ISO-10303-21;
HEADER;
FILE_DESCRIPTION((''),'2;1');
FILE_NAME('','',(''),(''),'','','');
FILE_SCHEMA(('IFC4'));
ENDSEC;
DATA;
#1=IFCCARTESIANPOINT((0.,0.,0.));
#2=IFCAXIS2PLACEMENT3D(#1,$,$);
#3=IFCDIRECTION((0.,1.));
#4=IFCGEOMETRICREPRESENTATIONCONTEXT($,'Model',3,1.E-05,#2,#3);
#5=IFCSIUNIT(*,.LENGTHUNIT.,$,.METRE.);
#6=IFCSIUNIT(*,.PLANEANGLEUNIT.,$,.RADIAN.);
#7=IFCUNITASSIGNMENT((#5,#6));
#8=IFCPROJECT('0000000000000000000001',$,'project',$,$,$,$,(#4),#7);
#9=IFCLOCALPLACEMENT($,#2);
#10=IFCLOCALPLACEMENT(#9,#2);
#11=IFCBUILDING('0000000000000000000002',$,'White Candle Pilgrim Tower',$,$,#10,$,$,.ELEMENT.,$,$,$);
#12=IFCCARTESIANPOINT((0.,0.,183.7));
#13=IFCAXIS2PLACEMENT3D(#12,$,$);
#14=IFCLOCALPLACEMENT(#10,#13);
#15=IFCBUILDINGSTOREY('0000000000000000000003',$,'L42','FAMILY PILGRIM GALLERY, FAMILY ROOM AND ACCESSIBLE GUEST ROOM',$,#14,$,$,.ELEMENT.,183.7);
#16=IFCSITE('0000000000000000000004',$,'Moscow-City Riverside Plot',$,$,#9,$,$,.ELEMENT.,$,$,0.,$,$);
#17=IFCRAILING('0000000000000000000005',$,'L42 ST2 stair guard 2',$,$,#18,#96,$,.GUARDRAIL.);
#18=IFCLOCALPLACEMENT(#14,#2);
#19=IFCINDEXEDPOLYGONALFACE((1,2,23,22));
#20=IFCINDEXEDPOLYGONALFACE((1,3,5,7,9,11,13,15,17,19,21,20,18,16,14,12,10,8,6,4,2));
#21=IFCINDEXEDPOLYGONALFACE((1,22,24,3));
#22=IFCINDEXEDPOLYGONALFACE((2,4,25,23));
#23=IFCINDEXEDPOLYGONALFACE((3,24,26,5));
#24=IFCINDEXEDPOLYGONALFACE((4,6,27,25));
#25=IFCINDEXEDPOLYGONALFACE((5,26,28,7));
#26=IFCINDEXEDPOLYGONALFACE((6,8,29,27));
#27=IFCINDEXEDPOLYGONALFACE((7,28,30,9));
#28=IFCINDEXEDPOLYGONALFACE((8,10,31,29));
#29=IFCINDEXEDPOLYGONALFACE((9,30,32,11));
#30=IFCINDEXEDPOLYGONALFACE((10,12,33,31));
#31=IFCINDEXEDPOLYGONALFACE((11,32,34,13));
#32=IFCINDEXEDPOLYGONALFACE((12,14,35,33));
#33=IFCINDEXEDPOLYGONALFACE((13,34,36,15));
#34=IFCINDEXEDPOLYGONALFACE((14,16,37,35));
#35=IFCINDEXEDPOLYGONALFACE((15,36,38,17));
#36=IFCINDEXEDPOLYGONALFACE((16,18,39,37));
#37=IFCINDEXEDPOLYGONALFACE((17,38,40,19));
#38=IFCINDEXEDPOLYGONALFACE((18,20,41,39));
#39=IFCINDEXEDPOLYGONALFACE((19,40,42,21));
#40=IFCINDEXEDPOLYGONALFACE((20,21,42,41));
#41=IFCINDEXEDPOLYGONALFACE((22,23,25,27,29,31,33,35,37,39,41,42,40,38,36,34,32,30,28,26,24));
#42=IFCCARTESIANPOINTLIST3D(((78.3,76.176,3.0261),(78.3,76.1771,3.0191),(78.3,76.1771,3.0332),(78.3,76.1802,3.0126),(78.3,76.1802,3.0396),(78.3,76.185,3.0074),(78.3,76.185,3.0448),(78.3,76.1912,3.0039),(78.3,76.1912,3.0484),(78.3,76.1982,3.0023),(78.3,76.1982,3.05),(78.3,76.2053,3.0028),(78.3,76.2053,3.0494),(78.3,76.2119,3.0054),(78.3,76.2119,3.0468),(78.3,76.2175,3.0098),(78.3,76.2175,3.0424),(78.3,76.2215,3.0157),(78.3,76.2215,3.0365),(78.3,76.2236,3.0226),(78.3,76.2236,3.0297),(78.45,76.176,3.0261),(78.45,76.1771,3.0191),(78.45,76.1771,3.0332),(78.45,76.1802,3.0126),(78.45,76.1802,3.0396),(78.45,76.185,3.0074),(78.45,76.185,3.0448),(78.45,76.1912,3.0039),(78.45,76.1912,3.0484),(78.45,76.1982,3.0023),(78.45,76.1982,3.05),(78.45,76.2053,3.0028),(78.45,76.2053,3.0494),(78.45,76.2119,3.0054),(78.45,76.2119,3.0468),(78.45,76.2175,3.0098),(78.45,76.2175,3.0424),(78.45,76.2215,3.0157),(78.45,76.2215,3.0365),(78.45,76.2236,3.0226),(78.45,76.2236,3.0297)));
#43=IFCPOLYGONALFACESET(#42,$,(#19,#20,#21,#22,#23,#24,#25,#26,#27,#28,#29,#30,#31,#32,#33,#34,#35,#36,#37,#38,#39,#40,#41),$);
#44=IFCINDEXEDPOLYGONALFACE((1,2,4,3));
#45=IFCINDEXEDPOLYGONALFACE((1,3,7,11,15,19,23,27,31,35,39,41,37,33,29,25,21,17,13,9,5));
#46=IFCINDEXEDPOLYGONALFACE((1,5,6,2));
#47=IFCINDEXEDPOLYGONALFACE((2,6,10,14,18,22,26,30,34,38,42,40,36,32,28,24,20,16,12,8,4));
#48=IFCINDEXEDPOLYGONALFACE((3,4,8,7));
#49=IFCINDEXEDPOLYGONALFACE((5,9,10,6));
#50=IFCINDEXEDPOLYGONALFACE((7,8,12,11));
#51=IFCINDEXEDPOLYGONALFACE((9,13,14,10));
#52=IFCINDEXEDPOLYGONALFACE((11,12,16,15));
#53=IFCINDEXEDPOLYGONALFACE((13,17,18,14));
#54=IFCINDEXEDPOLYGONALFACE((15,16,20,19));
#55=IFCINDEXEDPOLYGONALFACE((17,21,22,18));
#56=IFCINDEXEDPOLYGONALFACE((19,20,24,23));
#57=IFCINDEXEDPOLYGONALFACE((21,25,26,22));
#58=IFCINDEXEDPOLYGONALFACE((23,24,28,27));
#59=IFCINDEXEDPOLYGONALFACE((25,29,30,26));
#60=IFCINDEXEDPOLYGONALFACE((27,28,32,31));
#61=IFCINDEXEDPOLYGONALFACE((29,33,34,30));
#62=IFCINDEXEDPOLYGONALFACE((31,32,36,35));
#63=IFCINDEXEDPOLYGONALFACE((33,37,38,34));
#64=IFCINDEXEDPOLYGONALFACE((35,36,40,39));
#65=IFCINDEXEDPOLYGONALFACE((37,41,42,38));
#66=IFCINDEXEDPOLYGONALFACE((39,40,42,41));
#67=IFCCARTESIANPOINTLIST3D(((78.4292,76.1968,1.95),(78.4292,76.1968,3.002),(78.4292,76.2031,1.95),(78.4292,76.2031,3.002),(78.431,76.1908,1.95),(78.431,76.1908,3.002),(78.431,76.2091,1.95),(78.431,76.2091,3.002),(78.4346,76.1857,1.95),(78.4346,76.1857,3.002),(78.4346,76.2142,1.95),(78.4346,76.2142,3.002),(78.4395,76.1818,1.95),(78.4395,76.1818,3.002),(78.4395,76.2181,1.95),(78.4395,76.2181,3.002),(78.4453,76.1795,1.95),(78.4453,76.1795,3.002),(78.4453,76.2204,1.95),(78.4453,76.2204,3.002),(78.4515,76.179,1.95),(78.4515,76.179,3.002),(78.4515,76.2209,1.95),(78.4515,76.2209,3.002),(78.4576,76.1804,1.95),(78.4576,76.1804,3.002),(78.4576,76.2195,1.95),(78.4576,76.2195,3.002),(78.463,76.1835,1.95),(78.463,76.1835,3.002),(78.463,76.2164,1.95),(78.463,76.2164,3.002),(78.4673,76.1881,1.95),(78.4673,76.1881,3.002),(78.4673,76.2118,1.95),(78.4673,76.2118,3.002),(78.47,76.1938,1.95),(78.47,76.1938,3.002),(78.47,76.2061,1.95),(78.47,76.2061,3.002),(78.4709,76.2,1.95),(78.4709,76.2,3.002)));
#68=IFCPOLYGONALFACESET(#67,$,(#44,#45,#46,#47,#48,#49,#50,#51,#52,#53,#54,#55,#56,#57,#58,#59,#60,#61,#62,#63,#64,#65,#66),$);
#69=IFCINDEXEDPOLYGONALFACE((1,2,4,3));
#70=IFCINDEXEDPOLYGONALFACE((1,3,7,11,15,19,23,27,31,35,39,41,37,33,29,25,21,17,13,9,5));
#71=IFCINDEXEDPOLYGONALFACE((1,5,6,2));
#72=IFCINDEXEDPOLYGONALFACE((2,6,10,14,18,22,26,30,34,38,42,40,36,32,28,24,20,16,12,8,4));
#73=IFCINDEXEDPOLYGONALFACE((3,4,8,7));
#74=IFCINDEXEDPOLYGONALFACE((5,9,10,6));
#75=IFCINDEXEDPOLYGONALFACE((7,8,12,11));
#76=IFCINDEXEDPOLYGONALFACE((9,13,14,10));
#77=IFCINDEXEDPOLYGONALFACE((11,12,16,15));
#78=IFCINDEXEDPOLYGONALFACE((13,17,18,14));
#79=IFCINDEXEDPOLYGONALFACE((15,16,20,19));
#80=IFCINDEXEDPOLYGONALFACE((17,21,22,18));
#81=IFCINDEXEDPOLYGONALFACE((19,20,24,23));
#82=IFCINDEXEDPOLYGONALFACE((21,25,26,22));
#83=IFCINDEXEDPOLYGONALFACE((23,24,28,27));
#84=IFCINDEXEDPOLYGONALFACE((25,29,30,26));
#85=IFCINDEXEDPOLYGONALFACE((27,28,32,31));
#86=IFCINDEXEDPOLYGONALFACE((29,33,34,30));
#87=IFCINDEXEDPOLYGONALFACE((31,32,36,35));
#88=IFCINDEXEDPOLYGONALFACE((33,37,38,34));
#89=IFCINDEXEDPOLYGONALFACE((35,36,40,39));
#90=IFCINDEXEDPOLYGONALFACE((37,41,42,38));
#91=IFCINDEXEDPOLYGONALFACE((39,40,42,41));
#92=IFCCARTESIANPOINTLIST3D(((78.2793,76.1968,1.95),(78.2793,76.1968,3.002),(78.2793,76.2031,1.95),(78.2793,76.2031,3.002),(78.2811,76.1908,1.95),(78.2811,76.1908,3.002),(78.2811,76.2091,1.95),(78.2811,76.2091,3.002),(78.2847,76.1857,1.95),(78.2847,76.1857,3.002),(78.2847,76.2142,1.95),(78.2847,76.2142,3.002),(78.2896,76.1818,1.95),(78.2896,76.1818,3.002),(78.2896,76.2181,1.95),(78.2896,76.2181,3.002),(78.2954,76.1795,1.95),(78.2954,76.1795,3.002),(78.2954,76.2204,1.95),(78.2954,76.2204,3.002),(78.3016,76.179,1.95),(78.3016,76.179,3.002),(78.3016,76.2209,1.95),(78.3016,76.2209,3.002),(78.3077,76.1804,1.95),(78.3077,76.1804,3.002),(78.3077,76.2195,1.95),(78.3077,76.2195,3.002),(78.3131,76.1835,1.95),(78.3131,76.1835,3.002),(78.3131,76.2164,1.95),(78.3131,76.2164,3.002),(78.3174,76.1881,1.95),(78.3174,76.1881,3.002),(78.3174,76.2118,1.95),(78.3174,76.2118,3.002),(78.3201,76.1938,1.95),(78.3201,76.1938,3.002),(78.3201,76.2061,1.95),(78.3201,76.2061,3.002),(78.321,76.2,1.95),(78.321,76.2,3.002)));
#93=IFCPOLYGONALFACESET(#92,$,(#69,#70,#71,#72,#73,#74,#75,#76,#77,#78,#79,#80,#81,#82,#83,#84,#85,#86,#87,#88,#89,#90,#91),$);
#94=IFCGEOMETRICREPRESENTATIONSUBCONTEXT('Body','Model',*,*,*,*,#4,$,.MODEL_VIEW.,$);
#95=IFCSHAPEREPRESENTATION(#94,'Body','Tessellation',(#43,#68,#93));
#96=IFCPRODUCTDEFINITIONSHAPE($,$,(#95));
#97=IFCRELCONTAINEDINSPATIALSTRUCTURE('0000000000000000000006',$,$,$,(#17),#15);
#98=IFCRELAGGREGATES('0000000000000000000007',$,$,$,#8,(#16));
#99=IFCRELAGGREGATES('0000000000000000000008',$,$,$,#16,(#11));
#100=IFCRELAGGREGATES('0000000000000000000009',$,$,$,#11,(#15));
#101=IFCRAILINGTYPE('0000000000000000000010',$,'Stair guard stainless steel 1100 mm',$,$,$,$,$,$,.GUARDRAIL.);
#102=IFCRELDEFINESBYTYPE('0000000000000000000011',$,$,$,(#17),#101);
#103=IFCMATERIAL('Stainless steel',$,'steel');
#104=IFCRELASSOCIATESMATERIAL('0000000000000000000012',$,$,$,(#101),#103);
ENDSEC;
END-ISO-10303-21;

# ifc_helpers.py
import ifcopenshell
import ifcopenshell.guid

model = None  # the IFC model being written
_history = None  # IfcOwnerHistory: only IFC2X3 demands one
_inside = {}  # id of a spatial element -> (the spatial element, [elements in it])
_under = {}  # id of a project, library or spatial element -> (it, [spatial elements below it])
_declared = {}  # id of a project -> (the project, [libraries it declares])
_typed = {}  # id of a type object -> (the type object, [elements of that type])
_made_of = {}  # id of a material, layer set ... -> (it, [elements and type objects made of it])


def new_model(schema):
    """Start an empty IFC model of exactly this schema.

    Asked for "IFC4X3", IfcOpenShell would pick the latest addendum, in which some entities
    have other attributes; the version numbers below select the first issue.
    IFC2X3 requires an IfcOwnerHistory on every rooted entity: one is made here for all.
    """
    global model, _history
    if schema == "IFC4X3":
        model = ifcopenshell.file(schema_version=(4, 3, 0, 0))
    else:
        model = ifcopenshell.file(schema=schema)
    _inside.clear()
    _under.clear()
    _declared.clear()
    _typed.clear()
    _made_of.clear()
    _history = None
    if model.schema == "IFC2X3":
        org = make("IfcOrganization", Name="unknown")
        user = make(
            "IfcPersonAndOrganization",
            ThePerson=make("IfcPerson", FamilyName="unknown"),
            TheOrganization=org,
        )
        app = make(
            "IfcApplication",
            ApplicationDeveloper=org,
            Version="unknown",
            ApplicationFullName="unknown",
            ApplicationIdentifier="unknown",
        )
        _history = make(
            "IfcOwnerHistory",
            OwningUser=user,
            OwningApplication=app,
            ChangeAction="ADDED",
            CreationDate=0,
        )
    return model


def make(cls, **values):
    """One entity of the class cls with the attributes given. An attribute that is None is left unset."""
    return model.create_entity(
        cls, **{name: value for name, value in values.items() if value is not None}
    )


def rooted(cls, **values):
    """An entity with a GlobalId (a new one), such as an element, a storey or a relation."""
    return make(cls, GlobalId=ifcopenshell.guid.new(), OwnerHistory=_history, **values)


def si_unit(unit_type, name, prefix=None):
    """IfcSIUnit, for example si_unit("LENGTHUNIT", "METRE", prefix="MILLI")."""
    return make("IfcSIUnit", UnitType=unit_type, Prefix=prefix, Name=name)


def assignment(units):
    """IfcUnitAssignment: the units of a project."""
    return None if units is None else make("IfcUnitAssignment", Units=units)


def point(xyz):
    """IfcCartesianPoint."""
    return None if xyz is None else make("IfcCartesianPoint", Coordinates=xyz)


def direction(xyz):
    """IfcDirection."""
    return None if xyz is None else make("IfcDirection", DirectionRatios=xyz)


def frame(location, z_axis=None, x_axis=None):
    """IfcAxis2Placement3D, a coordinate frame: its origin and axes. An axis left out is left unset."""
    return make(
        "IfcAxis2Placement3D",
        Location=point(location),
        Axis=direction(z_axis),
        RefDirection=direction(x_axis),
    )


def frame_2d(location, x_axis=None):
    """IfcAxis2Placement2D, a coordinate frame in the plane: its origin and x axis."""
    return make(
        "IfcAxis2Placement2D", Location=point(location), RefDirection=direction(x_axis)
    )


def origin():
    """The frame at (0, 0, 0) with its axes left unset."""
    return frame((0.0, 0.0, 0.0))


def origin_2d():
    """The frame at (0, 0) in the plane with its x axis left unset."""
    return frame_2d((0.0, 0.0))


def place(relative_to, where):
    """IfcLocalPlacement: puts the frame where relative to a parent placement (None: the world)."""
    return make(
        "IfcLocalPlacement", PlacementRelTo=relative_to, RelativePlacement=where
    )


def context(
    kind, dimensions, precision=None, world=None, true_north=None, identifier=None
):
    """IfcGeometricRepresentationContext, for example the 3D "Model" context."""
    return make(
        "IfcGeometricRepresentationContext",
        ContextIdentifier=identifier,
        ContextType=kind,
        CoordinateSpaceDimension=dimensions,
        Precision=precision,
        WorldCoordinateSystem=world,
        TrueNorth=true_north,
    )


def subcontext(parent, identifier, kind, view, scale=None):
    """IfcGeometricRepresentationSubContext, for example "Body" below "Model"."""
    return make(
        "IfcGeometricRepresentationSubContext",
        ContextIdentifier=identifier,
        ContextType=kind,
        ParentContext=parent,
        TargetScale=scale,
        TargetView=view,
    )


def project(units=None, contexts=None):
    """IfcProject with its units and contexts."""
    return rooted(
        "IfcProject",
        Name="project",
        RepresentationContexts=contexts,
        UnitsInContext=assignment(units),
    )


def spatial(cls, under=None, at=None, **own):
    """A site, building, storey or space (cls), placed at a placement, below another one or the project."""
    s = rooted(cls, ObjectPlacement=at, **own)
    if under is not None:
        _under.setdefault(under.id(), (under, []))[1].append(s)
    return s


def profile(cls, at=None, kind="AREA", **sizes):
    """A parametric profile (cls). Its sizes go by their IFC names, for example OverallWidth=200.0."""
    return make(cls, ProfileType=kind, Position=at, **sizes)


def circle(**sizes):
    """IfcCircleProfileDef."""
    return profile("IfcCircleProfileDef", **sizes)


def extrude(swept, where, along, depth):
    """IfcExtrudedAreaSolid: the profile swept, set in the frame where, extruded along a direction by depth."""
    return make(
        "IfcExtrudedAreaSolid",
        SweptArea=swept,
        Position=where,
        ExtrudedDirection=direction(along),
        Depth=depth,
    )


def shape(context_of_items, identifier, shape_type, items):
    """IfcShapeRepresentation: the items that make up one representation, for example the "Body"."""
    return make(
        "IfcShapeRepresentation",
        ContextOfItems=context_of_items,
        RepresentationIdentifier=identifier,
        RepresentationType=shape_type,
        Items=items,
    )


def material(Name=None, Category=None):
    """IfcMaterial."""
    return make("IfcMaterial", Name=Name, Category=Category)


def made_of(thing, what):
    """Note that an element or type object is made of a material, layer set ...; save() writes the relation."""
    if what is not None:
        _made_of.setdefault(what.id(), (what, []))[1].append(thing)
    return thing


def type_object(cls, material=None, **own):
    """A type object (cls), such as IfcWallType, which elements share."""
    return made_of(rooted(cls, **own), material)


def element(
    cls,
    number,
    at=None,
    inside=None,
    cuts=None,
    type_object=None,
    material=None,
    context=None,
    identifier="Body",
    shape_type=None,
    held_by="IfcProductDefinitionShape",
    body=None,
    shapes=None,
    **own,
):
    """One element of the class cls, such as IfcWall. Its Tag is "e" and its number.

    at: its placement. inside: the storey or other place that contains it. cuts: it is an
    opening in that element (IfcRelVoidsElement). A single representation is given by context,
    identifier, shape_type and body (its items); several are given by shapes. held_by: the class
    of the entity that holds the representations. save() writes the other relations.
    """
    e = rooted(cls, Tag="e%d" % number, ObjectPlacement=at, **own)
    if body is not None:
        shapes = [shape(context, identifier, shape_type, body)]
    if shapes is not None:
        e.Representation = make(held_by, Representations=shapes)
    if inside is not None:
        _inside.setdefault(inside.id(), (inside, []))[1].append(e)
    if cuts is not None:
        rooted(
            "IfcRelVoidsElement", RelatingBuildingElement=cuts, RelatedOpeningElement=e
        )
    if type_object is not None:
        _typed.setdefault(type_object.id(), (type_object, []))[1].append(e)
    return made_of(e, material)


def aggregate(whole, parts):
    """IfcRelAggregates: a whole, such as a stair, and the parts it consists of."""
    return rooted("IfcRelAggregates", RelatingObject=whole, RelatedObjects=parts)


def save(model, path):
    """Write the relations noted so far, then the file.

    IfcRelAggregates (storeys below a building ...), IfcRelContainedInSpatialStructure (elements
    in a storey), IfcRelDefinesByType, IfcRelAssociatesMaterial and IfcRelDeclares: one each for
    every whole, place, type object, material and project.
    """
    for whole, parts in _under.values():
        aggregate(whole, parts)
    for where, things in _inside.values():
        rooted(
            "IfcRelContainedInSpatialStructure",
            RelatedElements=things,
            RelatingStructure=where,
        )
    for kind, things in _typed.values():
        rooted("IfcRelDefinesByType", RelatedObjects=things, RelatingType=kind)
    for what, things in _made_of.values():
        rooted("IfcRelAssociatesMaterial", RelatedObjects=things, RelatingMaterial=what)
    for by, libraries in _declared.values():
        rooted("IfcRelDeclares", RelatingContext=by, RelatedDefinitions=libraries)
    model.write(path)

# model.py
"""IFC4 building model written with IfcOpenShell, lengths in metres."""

from ifc_helpers import new_model, si_unit, direction, frame, origin, origin_2d, place, context, subcontext, project, spatial, circle, extrude, material, type_object, element, save


model = new_model("IFC4")

# Units and contexts
model_context = context("Model", 3, precision=1e-05, world=origin(), true_north=direction((0.0, 1.0)))
body_context = subcontext(model_context, "Body", "Model", "MODEL_VIEW")
ifc_project = project(units=[si_unit("LENGTHUNIT", "METRE"), si_unit("PLANEANGLEUNIT", "RADIAN")], contexts=[model_context])

# Site, building, storey
site_placement = place(None, origin())
site = spatial("IfcSite", under=ifc_project, at=site_placement, Name="Moscow-City Riverside Plot", CompositionType="ELEMENT", RefElevation=0.0)
building_placement = place(site_placement, origin())
building = spatial("IfcBuilding", under=site, at=building_placement, Name="White Candle Pilgrim Tower", CompositionType="ELEMENT")
storey_placement = place(building_placement, frame((0.0, 0.0, 183.7)))
storey = spatial("IfcBuildingStorey", under=building, at=storey_placement, Name="L42", Description="FAMILY PILGRIM GALLERY, FAMILY ROOM AND ACCESSIBLE GUEST ROOM", CompositionType="ELEMENT", Elevation=183.7)

# Railing
ifc_material_1 = material(Name="Stainless steel", Category="steel")
railing_type_1 = type_object("IfcRailingType", Name="Stair guard stainless steel 1100 mm", PredefinedType="GUARDRAIL", material=ifc_material_1)
railing_1_placement = place(storey_placement, frame((78.45, 76.2, 1.95)))
element("IfcRailing", 1, at=railing_1_placement, inside=storey, type_object=railing_type_1, Name="L42 ST2 stair guard 2", PredefinedType="GUARDRAIL", context=body_context, shape_type="SweptSolid", body=[
    extrude(circle(Radius=0.0239, at=origin_2d()), frame((0.0, 0.0, 1.0762), z_axis=(-1.0, 0.0, 0.0), x_axis=(0.0, -1.0, 0.0)), (0.0, 0.0, 1.0), 0.1499),
    extrude(circle(Radius=0.021, at=origin_2d()), origin(), (0.0, 0.0, 1.0), 1.052),
    extrude(circle(Radius=0.021, at=origin_2d()), frame((-0.1499, 0.0, 0.0)), (0.0, 0.0, 1.0), 1.052),
])

save(model, "model.ifc")
